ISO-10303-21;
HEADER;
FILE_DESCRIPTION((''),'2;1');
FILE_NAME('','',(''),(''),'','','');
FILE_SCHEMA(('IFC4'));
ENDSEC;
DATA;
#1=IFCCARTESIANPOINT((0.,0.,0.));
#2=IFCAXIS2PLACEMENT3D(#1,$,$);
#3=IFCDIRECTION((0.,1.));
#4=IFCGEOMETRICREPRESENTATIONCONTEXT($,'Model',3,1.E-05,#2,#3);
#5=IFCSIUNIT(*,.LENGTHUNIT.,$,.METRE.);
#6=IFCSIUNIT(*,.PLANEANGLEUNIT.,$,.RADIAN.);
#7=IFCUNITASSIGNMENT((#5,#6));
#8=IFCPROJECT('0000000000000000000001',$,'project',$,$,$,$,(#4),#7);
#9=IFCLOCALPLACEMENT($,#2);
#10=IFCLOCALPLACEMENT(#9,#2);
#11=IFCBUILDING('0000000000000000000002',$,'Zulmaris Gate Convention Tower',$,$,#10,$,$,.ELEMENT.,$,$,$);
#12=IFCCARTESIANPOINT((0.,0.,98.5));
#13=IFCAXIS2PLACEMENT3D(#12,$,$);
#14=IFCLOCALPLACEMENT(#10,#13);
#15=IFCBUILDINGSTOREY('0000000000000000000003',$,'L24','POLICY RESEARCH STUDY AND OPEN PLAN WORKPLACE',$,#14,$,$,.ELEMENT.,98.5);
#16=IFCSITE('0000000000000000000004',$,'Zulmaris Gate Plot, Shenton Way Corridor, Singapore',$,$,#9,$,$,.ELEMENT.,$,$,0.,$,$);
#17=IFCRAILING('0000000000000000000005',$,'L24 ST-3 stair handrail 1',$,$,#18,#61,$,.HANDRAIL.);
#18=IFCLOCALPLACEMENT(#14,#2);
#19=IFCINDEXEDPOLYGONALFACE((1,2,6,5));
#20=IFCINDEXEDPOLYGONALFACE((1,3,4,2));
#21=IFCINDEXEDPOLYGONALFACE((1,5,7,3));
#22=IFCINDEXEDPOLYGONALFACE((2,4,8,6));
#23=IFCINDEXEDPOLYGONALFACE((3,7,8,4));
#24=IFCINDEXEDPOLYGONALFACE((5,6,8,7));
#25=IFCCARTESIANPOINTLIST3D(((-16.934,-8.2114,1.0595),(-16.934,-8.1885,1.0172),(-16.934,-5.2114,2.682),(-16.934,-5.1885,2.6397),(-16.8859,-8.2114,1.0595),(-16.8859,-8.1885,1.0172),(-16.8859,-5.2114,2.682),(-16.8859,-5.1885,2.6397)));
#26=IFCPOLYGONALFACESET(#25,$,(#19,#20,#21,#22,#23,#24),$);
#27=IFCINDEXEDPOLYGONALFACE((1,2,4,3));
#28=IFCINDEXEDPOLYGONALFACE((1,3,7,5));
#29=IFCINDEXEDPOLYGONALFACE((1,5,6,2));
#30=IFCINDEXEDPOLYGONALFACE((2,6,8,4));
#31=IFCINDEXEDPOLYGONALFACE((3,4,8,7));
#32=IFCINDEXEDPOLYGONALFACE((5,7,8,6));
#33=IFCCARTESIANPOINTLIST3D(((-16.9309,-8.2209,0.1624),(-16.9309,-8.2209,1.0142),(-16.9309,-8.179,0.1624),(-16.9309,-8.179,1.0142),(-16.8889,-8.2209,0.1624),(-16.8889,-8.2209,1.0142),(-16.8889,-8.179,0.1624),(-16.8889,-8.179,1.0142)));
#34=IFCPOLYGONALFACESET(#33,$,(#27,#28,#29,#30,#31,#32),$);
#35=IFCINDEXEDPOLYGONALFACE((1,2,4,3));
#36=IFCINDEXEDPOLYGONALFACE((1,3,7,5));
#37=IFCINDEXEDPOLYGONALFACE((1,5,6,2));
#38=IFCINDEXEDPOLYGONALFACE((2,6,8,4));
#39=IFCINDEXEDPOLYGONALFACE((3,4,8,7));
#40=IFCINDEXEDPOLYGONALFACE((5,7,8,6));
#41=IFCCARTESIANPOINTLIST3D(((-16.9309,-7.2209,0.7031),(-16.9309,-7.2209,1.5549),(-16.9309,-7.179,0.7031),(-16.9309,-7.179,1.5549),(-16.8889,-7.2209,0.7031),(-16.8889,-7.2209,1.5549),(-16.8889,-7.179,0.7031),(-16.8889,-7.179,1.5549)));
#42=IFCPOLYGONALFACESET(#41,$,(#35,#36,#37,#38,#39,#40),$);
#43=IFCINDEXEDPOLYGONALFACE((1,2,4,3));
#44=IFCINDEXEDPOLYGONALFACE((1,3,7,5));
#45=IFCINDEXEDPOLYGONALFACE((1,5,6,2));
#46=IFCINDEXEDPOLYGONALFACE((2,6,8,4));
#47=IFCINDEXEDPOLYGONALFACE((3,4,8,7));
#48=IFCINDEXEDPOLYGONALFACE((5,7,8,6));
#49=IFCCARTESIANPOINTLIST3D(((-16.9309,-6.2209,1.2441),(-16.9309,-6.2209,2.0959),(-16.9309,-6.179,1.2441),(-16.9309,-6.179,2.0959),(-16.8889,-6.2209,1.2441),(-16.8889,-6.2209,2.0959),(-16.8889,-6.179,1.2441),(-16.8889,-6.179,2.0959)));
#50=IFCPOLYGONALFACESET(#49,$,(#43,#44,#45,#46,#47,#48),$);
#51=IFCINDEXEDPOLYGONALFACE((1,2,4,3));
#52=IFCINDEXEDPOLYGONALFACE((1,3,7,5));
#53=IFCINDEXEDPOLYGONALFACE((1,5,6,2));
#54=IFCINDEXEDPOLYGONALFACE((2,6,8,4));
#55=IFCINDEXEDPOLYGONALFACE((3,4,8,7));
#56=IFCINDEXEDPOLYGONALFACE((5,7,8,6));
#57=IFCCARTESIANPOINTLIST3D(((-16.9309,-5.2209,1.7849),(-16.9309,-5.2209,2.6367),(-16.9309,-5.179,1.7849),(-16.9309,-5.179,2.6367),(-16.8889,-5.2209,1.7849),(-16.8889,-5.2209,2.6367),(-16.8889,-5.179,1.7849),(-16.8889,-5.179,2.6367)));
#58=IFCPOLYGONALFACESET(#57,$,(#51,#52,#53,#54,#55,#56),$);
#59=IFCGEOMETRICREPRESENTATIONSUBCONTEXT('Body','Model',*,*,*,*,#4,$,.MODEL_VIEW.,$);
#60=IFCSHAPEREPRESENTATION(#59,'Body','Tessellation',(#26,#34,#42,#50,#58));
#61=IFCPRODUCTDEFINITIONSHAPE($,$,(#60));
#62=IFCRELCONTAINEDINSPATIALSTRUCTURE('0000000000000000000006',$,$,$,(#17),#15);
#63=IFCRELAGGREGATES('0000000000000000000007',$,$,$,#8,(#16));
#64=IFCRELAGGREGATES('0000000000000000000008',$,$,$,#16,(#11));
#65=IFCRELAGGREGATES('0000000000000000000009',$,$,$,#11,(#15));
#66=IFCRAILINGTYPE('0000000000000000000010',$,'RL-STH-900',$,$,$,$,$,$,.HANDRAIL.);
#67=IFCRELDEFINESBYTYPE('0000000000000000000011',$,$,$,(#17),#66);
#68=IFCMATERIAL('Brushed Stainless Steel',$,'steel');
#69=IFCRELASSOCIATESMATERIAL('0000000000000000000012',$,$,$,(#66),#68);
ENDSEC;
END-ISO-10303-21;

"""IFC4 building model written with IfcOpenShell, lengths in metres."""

from ifc_helpers import new_model, si_unit, direction, frame, origin, origin_2d, place, context, subcontext, project, spatial, rectangle, extrude, material, type_object, element, save


model = new_model("IFC4")

# Units and contexts
model_context = context("Model", 3, precision=1e-05, world=origin(), true_north=direction((0.0, 1.0)))
body_context = subcontext(model_context, "Body", "Model", "MODEL_VIEW")
ifc_project = project(units=[si_unit("LENGTHUNIT", "METRE"), si_unit("PLANEANGLEUNIT", "RADIAN")], contexts=[model_context])

# Site, building, storey
site_placement = place(None, origin())
site = spatial("IfcSite", under=ifc_project, at=site_placement, Name="Zulmaris Gate Plot, Shenton Way Corridor, Singapore", CompositionType="ELEMENT", RefElevation=0.0)
building_placement = place(site_placement, origin())
building = spatial("IfcBuilding", under=site, at=building_placement, Name="Zulmaris Gate Convention Tower", CompositionType="ELEMENT")
storey_placement = place(building_placement, frame((0.0, 0.0, 98.5)))
storey = spatial("IfcBuildingStorey", under=building, at=storey_placement, Name="L24", Description="POLICY RESEARCH STUDY AND OPEN PLAN WORKPLACE", CompositionType="ELEMENT", Elevation=98.5)

# Railing
ifc_material_1 = material(Name="Brushed Stainless Steel", Category="steel")
railing_type_1 = type_object("IfcRailingType", Name="RL-STH-900", PredefinedType="HANDRAIL", material=ifc_material_1)
for number, where, name in (
    (1, (-16.9099, -8.2, 0.1624), "L24 ST-3 stair handrail 1"),
):
    element("IfcRailing", number, at=place(storey_placement, frame(where)), inside=storey, type_object=railing_type_1, Name=name, PredefinedType="HANDRAIL", context=body_context, shape_type="SweptSolid", body=[
        extrude(rectangle(XDim=0.0481, YDim=0.0481, at=origin_2d()), frame((0.0, 0.0, 0.876), z_axis=(0.0, 0.879592, 0.47573), x_axis=(-1.0, 0.0, 0.0)), (0.0, 0.0, 1.0), 3.4106),
        extrude(rectangle(XDim=0.042, YDim=0.042, at=origin_2d()), origin(), (0.0, 0.0, 1.0), 0.8518),
        extrude(rectangle(XDim=0.042, YDim=0.042, at=origin_2d()), frame((0.0, 1.0, 0.5408)), (0.0, 0.0, 1.0), 0.8518),
        extrude(rectangle(XDim=0.042, YDim=0.042, at=origin_2d()), frame((0.0, 2.0, 1.0818)), (0.0, 0.0, 1.0), 0.8518),
        extrude(rectangle(XDim=0.042, YDim=0.042, at=origin_2d()), frame((0.0, 3.0, 1.6226)), (0.0, 0.0, 1.0), 0.8518),
    ])

save(model, "model.ifc")
